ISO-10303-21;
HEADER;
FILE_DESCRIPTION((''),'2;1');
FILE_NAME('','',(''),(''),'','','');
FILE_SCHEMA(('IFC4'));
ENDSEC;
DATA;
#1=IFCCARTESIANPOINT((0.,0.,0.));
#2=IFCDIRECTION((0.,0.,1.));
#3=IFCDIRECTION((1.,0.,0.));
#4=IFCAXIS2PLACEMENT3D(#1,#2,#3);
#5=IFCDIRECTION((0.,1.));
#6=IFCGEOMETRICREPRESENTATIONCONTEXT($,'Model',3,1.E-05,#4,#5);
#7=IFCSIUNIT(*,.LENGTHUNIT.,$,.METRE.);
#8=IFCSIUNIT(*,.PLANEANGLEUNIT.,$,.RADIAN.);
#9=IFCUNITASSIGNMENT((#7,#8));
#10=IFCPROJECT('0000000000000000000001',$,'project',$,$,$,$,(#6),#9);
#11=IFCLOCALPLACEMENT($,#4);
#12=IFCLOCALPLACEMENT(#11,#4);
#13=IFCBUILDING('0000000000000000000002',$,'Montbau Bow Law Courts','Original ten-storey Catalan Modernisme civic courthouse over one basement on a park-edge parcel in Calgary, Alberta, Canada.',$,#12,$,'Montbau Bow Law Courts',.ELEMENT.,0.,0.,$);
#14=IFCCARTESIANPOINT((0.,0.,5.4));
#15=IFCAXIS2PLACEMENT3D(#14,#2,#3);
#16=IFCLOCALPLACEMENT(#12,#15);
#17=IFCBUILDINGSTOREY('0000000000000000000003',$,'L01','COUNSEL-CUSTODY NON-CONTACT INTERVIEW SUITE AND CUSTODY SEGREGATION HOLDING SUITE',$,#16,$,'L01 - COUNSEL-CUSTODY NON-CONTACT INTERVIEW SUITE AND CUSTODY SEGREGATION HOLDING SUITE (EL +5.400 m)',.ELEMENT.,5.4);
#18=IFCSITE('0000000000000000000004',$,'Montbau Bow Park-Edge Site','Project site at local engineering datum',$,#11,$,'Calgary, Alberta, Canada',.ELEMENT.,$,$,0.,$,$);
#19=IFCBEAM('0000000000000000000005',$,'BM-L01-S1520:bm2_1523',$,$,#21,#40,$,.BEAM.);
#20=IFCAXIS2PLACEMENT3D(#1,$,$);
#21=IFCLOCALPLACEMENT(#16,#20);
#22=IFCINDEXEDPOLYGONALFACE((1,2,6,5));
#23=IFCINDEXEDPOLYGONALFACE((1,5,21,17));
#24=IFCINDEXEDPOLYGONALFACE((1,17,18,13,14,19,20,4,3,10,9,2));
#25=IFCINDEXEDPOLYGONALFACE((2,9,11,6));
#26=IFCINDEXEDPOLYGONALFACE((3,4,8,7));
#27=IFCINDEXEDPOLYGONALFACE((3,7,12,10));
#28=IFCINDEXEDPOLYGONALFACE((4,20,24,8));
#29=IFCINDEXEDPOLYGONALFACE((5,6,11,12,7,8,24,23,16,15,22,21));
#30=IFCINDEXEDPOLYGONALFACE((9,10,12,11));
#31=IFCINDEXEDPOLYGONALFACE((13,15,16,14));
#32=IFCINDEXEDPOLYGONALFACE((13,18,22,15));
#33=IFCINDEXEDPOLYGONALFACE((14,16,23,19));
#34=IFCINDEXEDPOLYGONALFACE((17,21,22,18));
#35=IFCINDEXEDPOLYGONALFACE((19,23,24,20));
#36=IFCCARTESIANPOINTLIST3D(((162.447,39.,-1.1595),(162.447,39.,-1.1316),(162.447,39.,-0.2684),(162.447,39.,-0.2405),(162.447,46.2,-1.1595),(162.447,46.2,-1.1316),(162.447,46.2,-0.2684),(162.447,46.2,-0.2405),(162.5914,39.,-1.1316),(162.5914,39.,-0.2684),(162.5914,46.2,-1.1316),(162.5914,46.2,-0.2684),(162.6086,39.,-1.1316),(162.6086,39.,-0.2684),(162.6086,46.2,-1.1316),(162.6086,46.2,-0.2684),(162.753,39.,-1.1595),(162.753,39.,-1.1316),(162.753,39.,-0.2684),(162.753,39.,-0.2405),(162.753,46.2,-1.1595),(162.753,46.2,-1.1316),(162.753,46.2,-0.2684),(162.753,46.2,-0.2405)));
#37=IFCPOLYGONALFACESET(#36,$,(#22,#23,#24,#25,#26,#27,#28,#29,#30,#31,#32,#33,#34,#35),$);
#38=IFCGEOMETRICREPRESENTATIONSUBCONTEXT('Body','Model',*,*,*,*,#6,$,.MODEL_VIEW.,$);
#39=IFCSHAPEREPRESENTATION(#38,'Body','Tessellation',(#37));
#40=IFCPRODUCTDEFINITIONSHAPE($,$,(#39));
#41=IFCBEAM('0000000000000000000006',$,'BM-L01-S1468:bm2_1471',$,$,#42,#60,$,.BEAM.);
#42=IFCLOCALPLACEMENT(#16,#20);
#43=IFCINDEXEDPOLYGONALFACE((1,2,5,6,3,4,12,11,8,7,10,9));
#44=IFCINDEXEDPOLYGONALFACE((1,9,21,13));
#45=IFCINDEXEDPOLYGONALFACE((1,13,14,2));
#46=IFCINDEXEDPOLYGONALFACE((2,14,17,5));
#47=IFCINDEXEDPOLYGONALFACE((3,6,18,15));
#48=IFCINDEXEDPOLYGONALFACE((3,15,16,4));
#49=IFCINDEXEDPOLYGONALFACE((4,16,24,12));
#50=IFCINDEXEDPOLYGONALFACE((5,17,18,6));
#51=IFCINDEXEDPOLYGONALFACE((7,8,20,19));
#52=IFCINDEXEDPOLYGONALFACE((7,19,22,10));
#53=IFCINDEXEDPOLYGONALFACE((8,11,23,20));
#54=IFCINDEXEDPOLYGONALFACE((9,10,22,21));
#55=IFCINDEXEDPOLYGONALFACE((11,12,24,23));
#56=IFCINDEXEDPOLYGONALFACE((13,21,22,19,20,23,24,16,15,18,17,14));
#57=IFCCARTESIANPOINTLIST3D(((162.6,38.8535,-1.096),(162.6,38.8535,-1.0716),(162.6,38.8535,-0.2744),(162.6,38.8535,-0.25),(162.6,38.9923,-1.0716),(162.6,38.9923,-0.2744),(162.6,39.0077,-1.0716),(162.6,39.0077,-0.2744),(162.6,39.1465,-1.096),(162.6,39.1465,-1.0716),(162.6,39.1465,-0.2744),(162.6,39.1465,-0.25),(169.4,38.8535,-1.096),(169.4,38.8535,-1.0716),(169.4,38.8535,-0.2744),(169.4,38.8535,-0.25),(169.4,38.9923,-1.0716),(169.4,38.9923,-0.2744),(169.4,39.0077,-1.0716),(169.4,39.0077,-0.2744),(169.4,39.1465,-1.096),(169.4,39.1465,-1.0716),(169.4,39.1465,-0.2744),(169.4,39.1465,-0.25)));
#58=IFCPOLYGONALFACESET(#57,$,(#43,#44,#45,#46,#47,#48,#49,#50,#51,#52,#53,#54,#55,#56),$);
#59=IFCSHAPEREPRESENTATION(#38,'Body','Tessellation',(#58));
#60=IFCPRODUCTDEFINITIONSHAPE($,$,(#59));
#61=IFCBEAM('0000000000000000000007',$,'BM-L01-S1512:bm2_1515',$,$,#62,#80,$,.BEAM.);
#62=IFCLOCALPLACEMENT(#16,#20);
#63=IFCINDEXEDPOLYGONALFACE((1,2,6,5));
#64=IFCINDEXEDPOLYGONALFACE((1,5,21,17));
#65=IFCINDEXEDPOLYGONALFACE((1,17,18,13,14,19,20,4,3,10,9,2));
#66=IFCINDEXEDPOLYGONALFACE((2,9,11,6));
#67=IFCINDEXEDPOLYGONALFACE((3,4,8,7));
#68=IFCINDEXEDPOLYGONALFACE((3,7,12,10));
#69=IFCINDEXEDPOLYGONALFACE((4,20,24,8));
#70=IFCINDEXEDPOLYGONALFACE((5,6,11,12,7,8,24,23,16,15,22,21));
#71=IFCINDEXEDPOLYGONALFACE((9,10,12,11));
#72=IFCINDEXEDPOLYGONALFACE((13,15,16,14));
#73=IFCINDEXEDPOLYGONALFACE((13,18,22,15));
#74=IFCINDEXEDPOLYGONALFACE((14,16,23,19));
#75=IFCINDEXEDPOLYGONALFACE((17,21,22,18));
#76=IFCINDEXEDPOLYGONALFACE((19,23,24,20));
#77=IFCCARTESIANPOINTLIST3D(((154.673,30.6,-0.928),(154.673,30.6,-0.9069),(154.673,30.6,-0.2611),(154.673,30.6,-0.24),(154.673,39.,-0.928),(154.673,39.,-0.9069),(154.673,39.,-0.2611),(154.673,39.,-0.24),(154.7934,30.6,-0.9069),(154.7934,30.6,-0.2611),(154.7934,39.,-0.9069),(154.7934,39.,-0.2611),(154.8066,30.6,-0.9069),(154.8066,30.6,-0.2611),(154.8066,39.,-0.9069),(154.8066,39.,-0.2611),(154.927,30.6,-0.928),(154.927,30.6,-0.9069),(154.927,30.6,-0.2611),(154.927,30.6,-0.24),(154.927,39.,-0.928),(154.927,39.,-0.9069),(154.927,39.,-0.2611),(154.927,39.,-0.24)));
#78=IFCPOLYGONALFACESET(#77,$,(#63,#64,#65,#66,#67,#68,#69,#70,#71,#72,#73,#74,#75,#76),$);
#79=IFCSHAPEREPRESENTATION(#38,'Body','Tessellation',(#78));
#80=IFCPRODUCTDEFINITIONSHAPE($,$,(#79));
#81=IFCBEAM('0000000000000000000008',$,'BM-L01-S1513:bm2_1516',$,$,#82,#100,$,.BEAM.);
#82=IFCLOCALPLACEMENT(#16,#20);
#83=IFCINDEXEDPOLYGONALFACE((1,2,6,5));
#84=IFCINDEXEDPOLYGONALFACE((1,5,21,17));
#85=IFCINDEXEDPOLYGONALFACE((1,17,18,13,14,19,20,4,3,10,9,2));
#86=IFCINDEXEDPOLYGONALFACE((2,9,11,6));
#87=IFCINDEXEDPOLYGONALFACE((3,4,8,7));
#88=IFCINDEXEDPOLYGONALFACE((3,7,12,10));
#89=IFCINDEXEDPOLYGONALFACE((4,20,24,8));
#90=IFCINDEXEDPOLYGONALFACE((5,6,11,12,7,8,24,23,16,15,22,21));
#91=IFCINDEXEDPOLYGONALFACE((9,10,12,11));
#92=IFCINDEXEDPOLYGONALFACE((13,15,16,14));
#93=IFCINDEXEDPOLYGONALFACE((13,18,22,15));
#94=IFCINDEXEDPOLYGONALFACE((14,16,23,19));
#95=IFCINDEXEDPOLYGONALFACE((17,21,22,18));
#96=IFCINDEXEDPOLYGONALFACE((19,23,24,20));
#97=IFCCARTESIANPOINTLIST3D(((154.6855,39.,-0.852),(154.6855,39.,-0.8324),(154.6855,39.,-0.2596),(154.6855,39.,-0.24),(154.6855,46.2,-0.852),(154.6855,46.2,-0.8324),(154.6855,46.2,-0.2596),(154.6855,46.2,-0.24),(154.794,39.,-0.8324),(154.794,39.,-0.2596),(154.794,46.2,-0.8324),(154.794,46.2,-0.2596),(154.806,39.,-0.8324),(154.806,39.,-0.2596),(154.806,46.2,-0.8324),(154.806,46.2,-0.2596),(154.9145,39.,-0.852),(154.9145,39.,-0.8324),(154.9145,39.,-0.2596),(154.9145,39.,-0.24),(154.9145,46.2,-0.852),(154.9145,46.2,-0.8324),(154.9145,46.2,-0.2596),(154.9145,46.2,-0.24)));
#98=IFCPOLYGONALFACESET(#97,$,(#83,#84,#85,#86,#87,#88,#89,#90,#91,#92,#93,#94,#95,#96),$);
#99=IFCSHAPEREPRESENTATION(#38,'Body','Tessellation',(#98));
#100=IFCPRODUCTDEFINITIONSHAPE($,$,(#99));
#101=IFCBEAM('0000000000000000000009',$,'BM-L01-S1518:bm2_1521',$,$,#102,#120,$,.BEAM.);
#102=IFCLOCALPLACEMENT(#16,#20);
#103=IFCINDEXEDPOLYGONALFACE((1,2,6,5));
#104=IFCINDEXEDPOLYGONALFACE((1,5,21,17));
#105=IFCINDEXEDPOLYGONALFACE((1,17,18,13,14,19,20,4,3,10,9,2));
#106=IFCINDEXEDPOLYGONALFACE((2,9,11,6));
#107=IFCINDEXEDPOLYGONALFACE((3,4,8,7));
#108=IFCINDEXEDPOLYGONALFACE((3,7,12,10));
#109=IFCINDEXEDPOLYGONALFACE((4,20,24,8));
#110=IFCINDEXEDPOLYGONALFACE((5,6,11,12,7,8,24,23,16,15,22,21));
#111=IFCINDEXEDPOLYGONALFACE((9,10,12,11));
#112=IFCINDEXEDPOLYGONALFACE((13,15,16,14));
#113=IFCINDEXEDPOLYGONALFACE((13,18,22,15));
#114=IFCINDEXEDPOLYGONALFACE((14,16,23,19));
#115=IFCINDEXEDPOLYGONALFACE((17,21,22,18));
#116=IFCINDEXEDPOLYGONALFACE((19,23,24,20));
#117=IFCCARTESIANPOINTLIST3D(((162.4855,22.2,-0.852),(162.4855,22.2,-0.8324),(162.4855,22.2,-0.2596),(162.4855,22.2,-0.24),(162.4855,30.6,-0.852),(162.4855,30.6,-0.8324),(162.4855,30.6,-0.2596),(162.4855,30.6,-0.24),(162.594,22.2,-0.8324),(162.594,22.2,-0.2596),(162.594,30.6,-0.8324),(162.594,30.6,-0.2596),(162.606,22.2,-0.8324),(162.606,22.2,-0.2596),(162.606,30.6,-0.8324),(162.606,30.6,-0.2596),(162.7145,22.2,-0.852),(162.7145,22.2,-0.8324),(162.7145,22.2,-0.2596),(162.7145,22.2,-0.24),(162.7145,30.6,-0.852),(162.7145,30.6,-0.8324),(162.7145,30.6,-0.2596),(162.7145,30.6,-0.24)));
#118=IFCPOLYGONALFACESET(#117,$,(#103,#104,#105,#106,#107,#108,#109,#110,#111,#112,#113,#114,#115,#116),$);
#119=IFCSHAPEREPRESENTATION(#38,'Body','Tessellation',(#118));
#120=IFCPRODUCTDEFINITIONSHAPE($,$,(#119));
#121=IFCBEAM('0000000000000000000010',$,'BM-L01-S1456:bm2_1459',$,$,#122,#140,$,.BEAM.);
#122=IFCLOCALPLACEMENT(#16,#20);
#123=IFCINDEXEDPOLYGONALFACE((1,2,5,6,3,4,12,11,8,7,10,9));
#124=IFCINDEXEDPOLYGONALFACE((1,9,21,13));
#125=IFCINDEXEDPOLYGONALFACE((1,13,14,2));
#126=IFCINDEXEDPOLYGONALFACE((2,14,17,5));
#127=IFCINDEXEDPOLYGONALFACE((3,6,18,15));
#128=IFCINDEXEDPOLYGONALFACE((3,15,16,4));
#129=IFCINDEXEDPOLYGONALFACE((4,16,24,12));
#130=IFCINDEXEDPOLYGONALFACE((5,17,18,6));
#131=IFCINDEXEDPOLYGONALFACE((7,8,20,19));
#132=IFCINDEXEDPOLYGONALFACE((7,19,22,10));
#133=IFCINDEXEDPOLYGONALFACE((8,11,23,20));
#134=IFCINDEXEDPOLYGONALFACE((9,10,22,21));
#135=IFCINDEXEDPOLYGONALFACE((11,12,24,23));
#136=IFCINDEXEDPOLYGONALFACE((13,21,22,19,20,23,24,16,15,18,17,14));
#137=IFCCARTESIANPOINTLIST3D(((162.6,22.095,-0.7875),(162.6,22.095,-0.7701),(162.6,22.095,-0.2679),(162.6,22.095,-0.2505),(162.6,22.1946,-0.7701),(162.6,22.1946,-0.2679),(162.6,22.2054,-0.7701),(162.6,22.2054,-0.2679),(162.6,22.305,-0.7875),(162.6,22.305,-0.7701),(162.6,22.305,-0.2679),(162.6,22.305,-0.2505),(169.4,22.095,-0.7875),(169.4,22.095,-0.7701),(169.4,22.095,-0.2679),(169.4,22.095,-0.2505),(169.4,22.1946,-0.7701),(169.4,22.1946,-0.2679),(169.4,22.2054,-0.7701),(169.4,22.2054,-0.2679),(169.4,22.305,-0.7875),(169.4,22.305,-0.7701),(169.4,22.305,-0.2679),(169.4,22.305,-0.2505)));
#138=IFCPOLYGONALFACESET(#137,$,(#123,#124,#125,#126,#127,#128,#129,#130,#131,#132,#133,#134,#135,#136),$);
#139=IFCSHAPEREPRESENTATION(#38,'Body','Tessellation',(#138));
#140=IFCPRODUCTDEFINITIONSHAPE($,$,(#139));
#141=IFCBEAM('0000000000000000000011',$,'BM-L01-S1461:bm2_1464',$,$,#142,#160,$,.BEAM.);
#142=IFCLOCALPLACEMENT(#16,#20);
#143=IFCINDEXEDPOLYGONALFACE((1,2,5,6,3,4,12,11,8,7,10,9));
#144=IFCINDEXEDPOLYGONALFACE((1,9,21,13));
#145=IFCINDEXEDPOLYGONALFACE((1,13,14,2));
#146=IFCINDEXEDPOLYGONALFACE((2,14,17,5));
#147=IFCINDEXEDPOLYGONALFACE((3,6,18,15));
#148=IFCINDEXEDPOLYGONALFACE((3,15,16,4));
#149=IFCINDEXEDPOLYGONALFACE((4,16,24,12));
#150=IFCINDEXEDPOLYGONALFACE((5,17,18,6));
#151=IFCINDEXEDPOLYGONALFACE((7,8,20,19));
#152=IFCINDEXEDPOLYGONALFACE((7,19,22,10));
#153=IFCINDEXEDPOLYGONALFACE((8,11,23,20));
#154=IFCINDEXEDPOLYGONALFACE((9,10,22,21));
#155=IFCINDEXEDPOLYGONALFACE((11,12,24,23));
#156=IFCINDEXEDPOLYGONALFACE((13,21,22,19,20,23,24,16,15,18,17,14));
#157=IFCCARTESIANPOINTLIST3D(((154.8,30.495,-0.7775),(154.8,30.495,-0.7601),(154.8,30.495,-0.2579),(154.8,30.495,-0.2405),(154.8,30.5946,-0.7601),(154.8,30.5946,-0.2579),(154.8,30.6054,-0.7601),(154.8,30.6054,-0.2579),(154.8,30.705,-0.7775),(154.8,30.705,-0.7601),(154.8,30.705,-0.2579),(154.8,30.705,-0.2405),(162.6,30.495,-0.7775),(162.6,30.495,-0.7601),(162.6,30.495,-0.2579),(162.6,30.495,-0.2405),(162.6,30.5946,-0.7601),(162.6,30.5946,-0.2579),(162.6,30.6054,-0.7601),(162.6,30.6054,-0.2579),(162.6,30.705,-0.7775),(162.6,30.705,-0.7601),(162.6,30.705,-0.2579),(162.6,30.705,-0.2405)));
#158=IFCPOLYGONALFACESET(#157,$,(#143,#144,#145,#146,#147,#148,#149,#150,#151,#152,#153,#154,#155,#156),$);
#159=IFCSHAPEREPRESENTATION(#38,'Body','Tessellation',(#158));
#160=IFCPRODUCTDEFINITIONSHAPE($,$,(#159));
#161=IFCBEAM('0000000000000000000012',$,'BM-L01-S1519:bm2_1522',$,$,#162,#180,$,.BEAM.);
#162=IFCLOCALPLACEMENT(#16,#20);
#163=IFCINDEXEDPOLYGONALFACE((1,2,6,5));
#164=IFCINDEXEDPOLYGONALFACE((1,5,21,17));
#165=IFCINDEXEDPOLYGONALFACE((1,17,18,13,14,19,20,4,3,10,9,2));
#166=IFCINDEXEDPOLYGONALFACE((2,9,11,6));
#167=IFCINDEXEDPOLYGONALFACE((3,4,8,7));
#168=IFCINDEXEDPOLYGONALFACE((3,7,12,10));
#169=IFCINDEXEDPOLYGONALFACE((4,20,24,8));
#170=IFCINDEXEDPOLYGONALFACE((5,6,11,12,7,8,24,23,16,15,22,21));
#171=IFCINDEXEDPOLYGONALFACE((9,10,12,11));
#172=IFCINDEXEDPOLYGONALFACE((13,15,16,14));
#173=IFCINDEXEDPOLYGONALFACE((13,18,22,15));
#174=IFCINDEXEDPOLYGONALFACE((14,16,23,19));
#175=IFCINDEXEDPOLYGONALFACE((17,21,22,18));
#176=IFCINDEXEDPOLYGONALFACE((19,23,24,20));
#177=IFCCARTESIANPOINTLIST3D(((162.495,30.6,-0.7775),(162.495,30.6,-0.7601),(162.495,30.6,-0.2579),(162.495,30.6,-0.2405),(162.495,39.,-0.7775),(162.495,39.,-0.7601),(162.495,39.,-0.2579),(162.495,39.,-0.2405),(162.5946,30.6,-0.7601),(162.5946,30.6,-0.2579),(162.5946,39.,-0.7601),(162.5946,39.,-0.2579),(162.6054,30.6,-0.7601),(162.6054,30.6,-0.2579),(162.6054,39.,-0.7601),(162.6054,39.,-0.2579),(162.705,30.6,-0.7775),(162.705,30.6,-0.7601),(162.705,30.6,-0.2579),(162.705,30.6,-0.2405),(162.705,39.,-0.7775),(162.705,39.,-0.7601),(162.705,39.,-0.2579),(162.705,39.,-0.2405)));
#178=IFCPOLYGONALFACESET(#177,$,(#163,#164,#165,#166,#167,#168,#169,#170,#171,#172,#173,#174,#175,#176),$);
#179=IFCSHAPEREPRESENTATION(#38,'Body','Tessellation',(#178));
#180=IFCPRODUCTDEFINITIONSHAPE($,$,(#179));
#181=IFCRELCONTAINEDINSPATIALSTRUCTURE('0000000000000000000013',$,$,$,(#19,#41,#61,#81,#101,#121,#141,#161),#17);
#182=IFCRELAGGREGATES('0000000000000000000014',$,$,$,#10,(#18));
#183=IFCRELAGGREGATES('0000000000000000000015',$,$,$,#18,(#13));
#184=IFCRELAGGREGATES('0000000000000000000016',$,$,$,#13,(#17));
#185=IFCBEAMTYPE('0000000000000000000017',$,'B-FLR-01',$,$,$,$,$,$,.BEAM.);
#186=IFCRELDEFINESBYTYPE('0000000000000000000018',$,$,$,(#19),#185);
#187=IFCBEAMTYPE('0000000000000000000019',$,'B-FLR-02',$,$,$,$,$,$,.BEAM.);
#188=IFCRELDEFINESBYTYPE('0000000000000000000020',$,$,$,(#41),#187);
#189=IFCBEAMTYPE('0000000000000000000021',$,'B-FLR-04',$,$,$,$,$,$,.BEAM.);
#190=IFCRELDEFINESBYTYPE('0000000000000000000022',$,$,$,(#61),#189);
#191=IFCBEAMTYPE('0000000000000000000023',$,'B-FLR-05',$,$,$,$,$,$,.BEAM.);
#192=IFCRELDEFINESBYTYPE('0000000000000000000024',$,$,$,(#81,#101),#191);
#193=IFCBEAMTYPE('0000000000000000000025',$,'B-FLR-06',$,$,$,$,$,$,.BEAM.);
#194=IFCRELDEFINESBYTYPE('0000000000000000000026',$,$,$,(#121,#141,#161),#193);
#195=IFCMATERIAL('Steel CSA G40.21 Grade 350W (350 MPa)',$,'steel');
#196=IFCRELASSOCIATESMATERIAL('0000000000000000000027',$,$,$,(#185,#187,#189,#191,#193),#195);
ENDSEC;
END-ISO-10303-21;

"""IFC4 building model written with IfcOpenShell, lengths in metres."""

from ifc_helpers import new_model, si_unit, direction, frame, origin_with_axes, origin_2d_with_axis, place, context, subcontext, project, spatial, i_section, extrude, material, material_profile, profile_set, type_object, element, save


model = new_model("IFC4")

# Units and contexts
model_context = context("Model", 3, precision=1e-05, world=origin_with_axes(), true_north=direction((0.0, 1.0)))
body_context = subcontext(model_context, "Body", "Model", "MODEL_VIEW")
ifc_project = project(units=[si_unit("LENGTHUNIT", "METRE"), si_unit("PLANEANGLEUNIT", "RADIAN")], contexts=[model_context])

# Site, building, storey
site_placement = place(None, origin_with_axes())
site = spatial("IfcSite", under=ifc_project, at=site_placement, Name="Montbau Bow Park-Edge Site", Description="Project site at local engineering datum", LongName="Calgary, Alberta, Canada", CompositionType="ELEMENT", RefElevation=0.0)
building_placement = place(site_placement, origin_with_axes())
building = spatial("IfcBuilding", under=site, at=building_placement, Name="Montbau Bow Law Courts", Description="Original ten-storey Catalan Modernisme civic courthouse over one basement on a park-edge parcel in Calgary, Alberta, Canada.", LongName="Montbau Bow Law Courts", CompositionType="ELEMENT", ElevationOfRefHeight=0.0, ElevationOfTerrain=0.0)
storey_placement = place(building_placement, frame((0.0, 0.0, 5.4), z_axis=(0.0, 0.0, 1.0), x_axis=(1.0, 0.0, 0.0)))
storey = spatial("IfcBuildingStorey", under=building, at=storey_placement, Name="L01", Description="COUNSEL-CUSTODY NON-CONTACT INTERVIEW SUITE AND CUSTODY SEGREGATION HOLDING SUITE", LongName="L01 - COUNSEL-CUSTODY NON-CONTACT INTERVIEW SUITE AND CUSTODY SEGREGATION HOLDING SUITE (EL +5.400 m)", CompositionType="ELEMENT", Elevation=5.4)

# Beams
ifc_material_1 = material(Name="Steel CSA G40.21 Grade 350W (350 MPa)", Category="steel")
ifc_material_profile_1 = material_profile(ifc_material_1, i_section(OverallWidth=0.306, OverallDepth=0.919, WebThickness=0.0173, FlangeThickness=0.0279, at=origin_2d_with_axis()), Name="W920X253", Category="Main", Priority=0)
ifc_profile_set_1 = profile_set([ifc_material_profile_1], Name="Steel CSA G40.21 Grade 350W (350 MPa)")
beam_type_1 = type_object("IfcBeamType", Name="B-FLR-01", PredefinedType="BEAM", material=ifc_profile_set_1)
beam_1_placement = place(None, frame((162.6, 39.0, 4.7), z_axis=(0.0, 1.0, 0.0), x_axis=(-1.0, 0.0, 0.0)))
element("IfcBeam", 1, at=beam_1_placement, inside=storey, type_object=beam_type_1, Name="BM-L01-S1520:bm2_1523", PredefinedType="BEAM", context=body_context, shape_type="SweptSolid", body=[
    extrude(i_section(OverallWidth=0.306, OverallDepth=0.919, WebThickness=0.0173, FlangeThickness=0.0279, at=origin_2d_with_axis()), origin_with_axes(), (0.0, 0.0, 1.0), 7.2),
])
ifc_material_profile_2 = material_profile(ifc_material_1, i_section(OverallWidth=0.293, OverallDepth=0.846, WebThickness=0.0154, FlangeThickness=0.0244, at=origin_2d_with_axis()), Name="W840X210", Category="Main", Priority=0)
ifc_profile_set_2 = profile_set([ifc_material_profile_2], Name="Steel CSA G40.21 Grade 350W (350 MPa)")
beam_type_2 = type_object("IfcBeamType", Name="B-FLR-02", PredefinedType="BEAM", material=ifc_profile_set_2)
beam_2_placement = place(None, frame((162.6, 39.0, 4.727), z_axis=(1.0, 0.0, 0.0), x_axis=(0.0, 1.0, 0.0)))
element("IfcBeam", 2, at=beam_2_placement, inside=storey, type_object=beam_type_2, Name="BM-L01-S1468:bm2_1471", PredefinedType="BEAM", context=body_context, shape_type="SweptSolid", body=[
    extrude(i_section(OverallWidth=0.293, OverallDepth=0.846, WebThickness=0.0154, FlangeThickness=0.0244, at=origin_2d_with_axis()), origin_with_axes(), (0.0, 0.0, 1.0), 6.8),
])
ifc_material_profile_3 = material_profile(ifc_material_1, i_section(OverallWidth=0.254, OverallDepth=0.688, WebThickness=0.0131, FlangeThickness=0.0211, at=origin_2d_with_axis()), Name="W690X152", Category="Main", Priority=0)
ifc_profile_set_3 = profile_set([ifc_material_profile_3], Name="Steel CSA G40.21 Grade 350W (350 MPa)")
beam_type_3 = type_object("IfcBeamType", Name="B-FLR-04", PredefinedType="BEAM", material=ifc_profile_set_3)
beam_3_placement = place(None, frame((154.8, 30.6, 4.816), z_axis=(0.0, 1.0, 0.0), x_axis=(-1.0, 0.0, 0.0)))
element("IfcBeam", 3, at=beam_3_placement, inside=storey, type_object=beam_type_3, Name="BM-L01-S1512:bm2_1515", PredefinedType="BEAM", context=body_context, shape_type="SweptSolid", body=[
    extrude(i_section(OverallWidth=0.254, OverallDepth=0.688, WebThickness=0.0131, FlangeThickness=0.0211, at=origin_2d_with_axis()), origin_with_axes(), (0.0, 0.0, 1.0), 8.4),
])
ifc_material_profile_4 = material_profile(ifc_material_1, i_section(OverallWidth=0.229, OverallDepth=0.612, WebThickness=0.0119, FlangeThickness=0.0196, at=origin_2d_with_axis()), Name="W610X125", Category="Main", Priority=0)
ifc_profile_set_4 = profile_set([ifc_material_profile_4], Name="Steel CSA G40.21 Grade 350W (350 MPa)")
beam_type_4 = type_object("IfcBeamType", Name="B-FLR-05", PredefinedType="BEAM", material=ifc_profile_set_4)
beam_4_placement = place(None, frame((154.8, 39.0, 4.854), z_axis=(0.0, 1.0, 0.0), x_axis=(-1.0, 0.0, 0.0)))
element("IfcBeam", 4, at=beam_4_placement, inside=storey, type_object=beam_type_4, Name="BM-L01-S1513:bm2_1516", PredefinedType="BEAM", context=body_context, shape_type="SweptSolid", body=[
    extrude(i_section(OverallWidth=0.229, OverallDepth=0.612, WebThickness=0.0119, FlangeThickness=0.0196, at=origin_2d_with_axis()), origin_with_axes(), (0.0, 0.0, 1.0), 7.2),
])
beam_5_placement = place(None, frame((162.6, 22.2, 4.854), z_axis=(0.0, 1.0, 0.0), x_axis=(-1.0, 0.0, 0.0)))
element("IfcBeam", 5, at=beam_5_placement, inside=storey, type_object=beam_type_4, Name="BM-L01-S1518:bm2_1521", PredefinedType="BEAM", context=body_context, shape_type="SweptSolid", body=[
    extrude(i_section(OverallWidth=0.229, OverallDepth=0.612, WebThickness=0.0119, FlangeThickness=0.0196, at=origin_2d_with_axis()), origin_with_axes(), (0.0, 0.0, 1.0), 8.4),
])
ifc_material_profile_5 = material_profile(ifc_material_1, i_section(OverallWidth=0.21, OverallDepth=0.537, WebThickness=0.0109, FlangeThickness=0.0174, at=origin_2d_with_axis()), Name="W530X101", Category="Main", Priority=0)
ifc_profile_set_5 = profile_set([ifc_material_profile_5], Name="Steel CSA G40.21 Grade 350W (350 MPa)")
beam_type_5 = type_object("IfcBeamType", Name="B-FLR-06", PredefinedType="BEAM", material=ifc_profile_set_5)
beam_6_placement = place(None, frame((162.6, 22.2, 4.881), z_axis=(1.0, 0.0, 0.0), x_axis=(0.0, 1.0, 0.0)))
element("IfcBeam", 6, at=beam_6_placement, inside=storey, type_object=beam_type_5, Name="BM-L01-S1456:bm2_1459", PredefinedType="BEAM", context=body_context, shape_type="SweptSolid", body=[
    extrude(i_section(OverallWidth=0.21, OverallDepth=0.537, WebThickness=0.0109, FlangeThickness=0.0174, at=origin_2d_with_axis()), origin_with_axes(), (0.0, 0.0, 1.0), 6.8),
])
beam_7_placement = place(None, frame((154.8, 30.6, 4.891), z_axis=(1.0, 0.0, 0.0), x_axis=(0.0, 1.0, 0.0)))
element("IfcBeam", 7, at=beam_7_placement, inside=storey, type_object=beam_type_5, Name="BM-L01-S1461:bm2_1464", PredefinedType="BEAM", context=body_context, shape_type="SweptSolid", body=[
    extrude(i_section(OverallWidth=0.21, OverallDepth=0.537, WebThickness=0.0109, FlangeThickness=0.0174, at=origin_2d_with_axis()), origin_with_axes(), (0.0, 0.0, 1.0), 7.8),
])
beam_8_placement = place(None, frame((162.6, 30.6, 4.891), z_axis=(0.0, 1.0, 0.0), x_axis=(-1.0, 0.0, 0.0)))
element("IfcBeam", 8, at=beam_8_placement, inside=storey, type_object=beam_type_5, Name="BM-L01-S1519:bm2_1522", PredefinedType="BEAM", context=body_context, shape_type="SweptSolid", body=[
    extrude(i_section(OverallWidth=0.21, OverallDepth=0.537, WebThickness=0.0109, FlangeThickness=0.0174, at=origin_2d_with_axis()), origin_with_axes(), (0.0, 0.0, 1.0), 8.4),
])

save(model, "model.ifc")
